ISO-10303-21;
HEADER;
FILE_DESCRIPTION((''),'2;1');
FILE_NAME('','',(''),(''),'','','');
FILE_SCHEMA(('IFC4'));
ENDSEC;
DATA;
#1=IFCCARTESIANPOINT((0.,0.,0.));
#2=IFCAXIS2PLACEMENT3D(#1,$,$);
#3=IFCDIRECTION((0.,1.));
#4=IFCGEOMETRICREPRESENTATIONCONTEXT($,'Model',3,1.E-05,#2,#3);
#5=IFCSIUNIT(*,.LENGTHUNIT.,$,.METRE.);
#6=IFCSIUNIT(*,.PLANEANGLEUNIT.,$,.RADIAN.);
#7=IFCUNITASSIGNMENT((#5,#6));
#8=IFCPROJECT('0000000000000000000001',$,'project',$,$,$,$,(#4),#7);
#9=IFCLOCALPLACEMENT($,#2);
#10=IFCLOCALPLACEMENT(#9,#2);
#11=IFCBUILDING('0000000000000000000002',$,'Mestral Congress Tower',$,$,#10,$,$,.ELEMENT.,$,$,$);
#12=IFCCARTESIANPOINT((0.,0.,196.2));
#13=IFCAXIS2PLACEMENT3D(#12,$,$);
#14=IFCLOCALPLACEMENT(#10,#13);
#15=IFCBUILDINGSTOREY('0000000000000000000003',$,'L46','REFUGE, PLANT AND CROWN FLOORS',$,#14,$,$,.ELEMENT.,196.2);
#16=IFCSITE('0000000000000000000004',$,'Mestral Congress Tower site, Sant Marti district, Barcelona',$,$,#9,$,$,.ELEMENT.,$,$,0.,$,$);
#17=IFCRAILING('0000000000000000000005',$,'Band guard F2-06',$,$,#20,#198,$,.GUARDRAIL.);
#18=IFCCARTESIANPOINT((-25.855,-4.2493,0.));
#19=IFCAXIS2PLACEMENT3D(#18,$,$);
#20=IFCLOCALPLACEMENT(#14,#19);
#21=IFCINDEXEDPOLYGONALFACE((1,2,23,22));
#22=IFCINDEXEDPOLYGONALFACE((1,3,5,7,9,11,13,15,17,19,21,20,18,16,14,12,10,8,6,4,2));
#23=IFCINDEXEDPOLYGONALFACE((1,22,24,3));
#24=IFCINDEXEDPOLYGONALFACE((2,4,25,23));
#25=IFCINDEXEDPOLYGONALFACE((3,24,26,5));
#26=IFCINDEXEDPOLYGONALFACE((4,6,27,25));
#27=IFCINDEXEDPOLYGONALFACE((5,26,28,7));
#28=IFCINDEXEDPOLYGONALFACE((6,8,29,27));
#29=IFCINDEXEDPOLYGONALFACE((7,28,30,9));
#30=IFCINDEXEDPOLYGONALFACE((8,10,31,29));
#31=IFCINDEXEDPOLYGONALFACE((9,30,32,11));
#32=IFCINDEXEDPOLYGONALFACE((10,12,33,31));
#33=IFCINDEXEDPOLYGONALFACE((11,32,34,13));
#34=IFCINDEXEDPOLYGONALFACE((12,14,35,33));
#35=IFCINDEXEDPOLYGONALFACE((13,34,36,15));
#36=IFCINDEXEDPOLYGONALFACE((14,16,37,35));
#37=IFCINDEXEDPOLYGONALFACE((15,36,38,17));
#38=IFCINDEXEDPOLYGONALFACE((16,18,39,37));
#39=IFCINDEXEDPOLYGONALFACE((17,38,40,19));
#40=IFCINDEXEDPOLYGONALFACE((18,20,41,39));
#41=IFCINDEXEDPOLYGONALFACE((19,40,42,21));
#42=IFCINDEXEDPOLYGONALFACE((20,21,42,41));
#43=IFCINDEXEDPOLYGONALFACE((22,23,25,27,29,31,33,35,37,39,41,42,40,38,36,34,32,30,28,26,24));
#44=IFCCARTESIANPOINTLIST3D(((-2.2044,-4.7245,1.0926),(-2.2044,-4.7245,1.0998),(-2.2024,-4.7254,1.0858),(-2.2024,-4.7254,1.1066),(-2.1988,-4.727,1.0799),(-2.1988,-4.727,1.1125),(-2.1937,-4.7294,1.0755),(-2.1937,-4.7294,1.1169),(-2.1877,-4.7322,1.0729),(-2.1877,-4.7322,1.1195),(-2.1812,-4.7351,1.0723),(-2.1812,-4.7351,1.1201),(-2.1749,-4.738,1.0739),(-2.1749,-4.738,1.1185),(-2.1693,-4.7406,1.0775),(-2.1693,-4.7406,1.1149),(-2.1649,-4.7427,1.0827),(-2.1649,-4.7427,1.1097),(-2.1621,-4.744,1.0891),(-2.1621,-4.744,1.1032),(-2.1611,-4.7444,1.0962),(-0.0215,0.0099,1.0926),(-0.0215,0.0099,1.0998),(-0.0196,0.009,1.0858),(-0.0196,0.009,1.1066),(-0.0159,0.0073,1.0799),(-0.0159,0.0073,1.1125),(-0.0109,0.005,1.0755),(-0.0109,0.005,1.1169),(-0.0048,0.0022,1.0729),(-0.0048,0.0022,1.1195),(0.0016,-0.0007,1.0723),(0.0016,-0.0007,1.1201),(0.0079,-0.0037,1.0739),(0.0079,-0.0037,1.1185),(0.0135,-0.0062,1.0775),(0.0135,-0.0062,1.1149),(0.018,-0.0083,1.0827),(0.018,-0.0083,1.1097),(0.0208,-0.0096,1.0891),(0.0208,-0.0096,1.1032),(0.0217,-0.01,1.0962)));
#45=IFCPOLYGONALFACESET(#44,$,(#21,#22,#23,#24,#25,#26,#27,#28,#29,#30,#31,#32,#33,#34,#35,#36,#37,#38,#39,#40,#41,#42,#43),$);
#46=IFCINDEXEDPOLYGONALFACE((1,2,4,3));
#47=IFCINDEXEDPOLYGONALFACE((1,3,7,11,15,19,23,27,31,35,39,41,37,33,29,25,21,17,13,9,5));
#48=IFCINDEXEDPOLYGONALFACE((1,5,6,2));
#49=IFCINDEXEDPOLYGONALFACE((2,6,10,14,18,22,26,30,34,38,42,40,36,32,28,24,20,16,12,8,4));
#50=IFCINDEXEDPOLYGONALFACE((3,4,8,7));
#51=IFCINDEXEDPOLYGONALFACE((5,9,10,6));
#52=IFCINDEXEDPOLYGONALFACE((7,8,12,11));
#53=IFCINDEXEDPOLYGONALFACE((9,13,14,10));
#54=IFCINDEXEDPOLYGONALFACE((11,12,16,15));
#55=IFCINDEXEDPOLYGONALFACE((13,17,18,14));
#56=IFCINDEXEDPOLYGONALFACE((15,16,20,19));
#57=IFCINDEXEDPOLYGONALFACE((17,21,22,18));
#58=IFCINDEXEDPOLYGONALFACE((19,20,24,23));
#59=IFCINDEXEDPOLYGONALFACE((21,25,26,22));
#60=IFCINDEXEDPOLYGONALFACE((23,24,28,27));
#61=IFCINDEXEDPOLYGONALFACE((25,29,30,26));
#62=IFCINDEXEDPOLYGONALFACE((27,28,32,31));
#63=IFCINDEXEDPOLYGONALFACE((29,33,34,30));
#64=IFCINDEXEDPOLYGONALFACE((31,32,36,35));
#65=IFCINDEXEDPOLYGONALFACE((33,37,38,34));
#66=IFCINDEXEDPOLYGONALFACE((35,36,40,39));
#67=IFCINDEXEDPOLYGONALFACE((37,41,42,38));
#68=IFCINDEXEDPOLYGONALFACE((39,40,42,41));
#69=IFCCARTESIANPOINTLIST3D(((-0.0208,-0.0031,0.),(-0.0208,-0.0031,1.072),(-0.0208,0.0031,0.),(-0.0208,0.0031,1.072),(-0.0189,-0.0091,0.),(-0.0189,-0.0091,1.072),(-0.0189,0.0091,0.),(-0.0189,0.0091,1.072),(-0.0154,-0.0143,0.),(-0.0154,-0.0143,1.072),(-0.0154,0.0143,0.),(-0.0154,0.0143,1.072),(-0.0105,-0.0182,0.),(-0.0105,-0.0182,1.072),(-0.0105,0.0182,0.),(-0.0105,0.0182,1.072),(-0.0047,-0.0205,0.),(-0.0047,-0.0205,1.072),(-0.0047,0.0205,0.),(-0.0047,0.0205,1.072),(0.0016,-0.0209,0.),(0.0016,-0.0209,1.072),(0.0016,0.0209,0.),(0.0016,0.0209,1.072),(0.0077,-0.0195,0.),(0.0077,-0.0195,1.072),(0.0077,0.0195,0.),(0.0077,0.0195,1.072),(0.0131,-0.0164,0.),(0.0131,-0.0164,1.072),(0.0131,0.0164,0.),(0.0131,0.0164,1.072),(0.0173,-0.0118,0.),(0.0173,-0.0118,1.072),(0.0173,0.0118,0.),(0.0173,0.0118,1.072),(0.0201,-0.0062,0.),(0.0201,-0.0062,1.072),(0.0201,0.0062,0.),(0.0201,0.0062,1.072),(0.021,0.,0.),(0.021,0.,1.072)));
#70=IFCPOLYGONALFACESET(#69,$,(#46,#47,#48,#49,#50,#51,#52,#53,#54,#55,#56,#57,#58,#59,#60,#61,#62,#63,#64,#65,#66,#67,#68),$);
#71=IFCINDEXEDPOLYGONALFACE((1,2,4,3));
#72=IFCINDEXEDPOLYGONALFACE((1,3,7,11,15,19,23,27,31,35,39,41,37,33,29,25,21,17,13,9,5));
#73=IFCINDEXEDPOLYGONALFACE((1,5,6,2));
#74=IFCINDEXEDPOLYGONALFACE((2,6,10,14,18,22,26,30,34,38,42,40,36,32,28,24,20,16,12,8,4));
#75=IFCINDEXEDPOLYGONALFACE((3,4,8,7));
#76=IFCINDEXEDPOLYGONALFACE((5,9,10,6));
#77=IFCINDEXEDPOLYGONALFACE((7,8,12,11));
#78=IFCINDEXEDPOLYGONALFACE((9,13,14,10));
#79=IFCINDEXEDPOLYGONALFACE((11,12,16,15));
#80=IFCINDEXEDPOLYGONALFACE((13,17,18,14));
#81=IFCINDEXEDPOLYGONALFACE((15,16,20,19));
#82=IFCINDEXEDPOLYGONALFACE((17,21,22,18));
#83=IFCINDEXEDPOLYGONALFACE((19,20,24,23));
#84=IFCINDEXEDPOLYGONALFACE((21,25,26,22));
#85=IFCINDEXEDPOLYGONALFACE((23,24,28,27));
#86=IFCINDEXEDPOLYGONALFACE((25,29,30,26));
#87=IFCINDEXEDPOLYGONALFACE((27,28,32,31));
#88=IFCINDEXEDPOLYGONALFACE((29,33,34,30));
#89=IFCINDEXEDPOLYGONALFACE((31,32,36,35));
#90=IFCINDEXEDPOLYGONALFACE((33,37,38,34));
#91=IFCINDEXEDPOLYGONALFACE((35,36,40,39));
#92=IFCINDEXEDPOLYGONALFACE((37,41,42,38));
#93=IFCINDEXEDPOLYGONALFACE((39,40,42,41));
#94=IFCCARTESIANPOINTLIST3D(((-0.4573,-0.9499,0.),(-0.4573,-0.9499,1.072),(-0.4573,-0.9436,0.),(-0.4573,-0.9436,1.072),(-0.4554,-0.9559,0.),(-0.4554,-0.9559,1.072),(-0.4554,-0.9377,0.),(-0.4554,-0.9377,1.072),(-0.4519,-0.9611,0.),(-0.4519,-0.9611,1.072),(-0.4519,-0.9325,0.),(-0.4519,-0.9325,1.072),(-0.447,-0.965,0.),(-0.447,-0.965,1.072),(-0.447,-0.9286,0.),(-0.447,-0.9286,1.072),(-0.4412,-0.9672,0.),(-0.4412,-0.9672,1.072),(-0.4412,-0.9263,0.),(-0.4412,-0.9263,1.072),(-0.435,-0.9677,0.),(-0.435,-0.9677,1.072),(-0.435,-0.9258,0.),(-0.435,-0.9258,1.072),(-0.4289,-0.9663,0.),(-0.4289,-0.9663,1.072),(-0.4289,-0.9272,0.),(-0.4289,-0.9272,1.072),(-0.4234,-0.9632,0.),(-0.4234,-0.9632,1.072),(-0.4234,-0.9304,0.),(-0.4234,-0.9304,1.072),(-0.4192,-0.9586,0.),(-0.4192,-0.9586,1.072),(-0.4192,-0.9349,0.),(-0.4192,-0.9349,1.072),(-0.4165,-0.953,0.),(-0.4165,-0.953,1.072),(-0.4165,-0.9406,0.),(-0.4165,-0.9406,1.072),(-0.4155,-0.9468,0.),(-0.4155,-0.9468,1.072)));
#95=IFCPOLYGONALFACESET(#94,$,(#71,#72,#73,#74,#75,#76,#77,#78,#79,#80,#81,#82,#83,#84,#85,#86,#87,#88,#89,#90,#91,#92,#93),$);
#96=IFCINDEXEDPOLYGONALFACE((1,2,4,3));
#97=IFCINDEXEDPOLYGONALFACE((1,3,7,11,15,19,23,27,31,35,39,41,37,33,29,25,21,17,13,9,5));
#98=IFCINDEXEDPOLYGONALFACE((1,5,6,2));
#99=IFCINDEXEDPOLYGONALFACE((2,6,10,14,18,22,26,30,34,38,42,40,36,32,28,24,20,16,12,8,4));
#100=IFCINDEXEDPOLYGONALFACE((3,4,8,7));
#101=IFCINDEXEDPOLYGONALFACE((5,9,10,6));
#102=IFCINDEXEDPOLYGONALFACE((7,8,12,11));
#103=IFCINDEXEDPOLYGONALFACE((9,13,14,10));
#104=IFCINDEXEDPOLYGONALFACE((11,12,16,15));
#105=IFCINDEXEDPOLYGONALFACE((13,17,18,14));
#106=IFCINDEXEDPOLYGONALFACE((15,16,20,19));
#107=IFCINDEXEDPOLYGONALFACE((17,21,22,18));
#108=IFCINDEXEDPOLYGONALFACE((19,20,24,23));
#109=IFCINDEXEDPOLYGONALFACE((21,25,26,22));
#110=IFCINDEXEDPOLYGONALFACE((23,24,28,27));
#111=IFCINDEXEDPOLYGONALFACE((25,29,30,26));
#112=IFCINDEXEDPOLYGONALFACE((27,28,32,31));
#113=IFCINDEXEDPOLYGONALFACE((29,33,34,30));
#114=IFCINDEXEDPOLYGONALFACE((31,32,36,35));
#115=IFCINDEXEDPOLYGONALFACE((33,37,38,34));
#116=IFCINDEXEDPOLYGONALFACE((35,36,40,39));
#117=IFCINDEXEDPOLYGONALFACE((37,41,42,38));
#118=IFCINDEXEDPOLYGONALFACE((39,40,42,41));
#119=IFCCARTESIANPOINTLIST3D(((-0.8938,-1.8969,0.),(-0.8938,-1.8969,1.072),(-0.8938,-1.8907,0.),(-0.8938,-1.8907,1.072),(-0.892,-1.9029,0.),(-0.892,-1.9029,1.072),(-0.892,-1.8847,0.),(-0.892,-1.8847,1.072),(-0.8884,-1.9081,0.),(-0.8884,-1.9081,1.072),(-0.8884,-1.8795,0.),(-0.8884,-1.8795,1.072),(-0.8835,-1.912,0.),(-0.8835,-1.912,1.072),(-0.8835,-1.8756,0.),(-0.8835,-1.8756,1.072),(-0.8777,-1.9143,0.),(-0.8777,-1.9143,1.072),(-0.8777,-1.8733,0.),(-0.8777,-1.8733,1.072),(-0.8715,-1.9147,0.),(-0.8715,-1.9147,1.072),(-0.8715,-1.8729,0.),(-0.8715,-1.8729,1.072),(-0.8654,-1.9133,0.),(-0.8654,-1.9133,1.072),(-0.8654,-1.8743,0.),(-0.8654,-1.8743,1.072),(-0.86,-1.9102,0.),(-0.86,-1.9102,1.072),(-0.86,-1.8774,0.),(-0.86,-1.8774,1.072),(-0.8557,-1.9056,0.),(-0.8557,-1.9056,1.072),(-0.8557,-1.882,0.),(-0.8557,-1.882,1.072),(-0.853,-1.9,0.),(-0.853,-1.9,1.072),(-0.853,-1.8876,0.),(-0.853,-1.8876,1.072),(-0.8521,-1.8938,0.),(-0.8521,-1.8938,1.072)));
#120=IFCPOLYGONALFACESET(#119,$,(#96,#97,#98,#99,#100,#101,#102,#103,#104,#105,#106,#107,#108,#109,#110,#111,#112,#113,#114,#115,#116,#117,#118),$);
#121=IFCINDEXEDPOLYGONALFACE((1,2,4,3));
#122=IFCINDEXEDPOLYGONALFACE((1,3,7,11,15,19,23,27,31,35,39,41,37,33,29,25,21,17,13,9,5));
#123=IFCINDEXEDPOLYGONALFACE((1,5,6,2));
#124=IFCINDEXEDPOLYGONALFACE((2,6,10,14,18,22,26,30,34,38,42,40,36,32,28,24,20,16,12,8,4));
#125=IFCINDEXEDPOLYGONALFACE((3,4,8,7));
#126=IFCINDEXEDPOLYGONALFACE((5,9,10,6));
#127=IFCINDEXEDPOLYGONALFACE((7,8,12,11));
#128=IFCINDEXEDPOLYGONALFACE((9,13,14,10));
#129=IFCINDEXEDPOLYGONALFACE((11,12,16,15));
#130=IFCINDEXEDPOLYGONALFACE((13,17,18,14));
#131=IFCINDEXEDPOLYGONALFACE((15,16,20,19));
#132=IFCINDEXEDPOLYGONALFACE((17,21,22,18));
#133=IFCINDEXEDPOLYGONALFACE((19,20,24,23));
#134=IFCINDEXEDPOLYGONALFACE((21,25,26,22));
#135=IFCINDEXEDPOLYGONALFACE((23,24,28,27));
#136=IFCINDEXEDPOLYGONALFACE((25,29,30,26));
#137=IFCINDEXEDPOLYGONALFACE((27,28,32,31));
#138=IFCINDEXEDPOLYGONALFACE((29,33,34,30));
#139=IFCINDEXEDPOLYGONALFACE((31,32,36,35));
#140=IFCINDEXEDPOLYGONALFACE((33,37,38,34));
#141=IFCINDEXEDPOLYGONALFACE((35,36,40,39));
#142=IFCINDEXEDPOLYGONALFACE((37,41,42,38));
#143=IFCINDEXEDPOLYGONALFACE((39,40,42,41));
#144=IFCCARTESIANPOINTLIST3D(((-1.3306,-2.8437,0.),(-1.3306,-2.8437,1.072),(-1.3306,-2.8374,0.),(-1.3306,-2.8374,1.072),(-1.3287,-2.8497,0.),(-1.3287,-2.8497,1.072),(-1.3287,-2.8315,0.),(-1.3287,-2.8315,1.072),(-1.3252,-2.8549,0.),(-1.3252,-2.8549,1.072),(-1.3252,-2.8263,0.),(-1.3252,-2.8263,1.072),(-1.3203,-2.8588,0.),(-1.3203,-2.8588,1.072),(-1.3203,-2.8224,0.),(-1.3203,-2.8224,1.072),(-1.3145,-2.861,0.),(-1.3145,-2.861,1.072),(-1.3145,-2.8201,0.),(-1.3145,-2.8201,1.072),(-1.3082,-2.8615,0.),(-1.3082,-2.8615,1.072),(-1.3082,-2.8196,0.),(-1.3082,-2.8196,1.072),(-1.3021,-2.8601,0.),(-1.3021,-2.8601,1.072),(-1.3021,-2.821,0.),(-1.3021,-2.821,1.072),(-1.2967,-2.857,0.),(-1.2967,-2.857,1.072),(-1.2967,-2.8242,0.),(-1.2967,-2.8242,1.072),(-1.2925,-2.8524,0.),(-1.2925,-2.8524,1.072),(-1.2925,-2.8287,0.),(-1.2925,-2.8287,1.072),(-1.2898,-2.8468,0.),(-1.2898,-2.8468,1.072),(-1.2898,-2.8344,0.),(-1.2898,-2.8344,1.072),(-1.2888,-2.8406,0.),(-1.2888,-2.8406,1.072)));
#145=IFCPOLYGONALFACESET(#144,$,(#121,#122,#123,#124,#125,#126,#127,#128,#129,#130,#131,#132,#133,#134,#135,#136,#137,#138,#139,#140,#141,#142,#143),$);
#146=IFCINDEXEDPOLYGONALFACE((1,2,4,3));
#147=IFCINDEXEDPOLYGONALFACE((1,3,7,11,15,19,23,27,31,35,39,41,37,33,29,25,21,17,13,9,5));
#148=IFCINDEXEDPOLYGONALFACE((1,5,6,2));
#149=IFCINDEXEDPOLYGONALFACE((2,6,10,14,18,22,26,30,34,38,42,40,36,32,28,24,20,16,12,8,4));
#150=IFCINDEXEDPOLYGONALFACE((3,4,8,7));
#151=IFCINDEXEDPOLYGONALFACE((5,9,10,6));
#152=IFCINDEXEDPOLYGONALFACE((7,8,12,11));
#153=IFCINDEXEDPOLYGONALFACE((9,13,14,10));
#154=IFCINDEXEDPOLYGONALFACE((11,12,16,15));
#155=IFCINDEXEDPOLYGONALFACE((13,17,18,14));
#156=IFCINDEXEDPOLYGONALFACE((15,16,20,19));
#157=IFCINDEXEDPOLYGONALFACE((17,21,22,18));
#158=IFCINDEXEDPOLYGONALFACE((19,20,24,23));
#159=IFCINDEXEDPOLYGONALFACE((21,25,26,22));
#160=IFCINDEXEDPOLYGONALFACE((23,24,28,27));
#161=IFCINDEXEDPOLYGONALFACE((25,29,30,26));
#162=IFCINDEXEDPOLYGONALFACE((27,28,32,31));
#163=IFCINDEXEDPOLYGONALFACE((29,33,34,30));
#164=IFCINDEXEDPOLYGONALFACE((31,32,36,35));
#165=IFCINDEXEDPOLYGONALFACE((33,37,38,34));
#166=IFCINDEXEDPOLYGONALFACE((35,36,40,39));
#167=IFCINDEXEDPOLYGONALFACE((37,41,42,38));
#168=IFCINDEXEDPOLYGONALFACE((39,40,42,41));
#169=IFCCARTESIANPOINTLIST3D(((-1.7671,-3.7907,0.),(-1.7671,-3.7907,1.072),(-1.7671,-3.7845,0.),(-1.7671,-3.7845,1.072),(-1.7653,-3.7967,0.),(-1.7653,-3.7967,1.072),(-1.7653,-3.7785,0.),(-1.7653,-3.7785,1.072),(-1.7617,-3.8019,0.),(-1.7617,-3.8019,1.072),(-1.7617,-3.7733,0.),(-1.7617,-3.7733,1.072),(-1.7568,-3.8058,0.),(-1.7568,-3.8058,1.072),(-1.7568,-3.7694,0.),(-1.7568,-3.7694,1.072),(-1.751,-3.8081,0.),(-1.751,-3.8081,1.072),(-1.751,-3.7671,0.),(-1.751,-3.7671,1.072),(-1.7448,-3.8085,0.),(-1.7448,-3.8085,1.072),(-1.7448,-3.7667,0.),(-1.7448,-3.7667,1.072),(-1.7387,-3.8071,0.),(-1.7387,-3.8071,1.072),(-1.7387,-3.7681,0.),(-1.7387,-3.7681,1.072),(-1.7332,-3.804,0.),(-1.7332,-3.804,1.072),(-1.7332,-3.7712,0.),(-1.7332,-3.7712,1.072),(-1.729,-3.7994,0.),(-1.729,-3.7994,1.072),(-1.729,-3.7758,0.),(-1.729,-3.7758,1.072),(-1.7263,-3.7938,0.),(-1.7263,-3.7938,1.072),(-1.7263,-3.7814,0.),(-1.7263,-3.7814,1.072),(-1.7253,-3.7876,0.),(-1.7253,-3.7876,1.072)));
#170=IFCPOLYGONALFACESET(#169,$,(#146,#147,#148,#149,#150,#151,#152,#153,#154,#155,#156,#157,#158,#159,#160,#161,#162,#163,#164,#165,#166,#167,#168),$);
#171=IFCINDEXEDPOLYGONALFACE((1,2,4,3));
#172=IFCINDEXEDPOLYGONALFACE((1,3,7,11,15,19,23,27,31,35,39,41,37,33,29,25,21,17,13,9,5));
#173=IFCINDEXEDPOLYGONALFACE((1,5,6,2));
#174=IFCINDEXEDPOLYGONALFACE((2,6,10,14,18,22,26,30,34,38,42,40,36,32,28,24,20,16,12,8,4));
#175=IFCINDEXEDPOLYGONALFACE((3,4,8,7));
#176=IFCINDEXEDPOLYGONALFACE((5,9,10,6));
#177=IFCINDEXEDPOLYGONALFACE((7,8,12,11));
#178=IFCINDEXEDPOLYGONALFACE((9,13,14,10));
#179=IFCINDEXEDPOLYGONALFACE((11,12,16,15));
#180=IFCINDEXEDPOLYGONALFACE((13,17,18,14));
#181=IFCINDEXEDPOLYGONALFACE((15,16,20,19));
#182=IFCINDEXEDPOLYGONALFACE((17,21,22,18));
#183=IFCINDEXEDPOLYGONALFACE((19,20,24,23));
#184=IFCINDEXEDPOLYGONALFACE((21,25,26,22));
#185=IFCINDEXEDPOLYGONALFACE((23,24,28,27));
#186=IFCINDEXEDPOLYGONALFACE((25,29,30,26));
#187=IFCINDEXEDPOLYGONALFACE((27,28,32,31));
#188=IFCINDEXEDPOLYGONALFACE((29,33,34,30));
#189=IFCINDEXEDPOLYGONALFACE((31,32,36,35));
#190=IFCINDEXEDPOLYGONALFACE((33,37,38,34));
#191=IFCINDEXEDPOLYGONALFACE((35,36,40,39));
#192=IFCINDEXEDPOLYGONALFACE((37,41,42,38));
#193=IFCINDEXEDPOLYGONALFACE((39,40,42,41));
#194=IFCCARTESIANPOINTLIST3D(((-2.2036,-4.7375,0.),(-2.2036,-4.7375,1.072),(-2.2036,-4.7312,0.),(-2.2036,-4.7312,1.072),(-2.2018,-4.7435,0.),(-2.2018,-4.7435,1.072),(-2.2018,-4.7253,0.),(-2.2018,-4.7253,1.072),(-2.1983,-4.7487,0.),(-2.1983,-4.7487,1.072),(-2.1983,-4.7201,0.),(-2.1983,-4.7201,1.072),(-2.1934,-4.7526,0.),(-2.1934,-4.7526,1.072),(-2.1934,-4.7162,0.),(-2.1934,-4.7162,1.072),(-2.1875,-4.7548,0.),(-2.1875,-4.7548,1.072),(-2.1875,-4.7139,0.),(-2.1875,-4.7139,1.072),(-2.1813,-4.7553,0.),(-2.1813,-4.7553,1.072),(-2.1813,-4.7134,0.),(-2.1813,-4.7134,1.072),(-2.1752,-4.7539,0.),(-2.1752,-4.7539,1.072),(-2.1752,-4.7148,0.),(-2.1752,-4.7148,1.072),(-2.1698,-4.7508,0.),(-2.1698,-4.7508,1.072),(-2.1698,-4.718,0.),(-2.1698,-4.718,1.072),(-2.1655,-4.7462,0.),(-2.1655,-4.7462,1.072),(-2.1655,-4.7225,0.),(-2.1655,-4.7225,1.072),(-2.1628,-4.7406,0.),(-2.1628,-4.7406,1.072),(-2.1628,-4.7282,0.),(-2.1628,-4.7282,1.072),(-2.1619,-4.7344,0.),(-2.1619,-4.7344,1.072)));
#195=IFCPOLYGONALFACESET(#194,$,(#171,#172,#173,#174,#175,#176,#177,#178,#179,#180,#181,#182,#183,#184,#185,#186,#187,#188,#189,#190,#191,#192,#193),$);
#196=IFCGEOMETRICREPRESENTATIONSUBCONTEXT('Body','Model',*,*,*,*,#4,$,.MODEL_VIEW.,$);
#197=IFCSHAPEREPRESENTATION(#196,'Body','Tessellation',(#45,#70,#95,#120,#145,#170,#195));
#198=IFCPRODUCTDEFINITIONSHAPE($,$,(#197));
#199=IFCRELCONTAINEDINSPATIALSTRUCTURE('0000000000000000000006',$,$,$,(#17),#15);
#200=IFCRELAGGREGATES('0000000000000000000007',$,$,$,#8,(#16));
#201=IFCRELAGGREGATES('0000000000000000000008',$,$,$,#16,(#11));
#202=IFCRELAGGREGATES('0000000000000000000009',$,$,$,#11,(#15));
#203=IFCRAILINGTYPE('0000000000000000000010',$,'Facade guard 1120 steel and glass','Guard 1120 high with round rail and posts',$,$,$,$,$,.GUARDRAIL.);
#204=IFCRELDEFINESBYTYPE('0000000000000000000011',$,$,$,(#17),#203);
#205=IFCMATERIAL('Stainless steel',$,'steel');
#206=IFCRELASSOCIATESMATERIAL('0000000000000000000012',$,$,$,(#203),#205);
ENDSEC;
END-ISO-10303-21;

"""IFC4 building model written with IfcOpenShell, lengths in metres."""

from ifc_helpers import new_model, si_unit, direction, frame, origin, origin_2d, place, context, subcontext, project, spatial, circle, extrude, material, type_object, element, save


model = new_model("IFC4")

# Units and contexts
model_context = context("Model", 3, precision=1e-05, world=origin(), true_north=direction((0.0, 1.0)))
body_context = subcontext(model_context, "Body", "Model", "MODEL_VIEW")
ifc_project = project(units=[si_unit("LENGTHUNIT", "METRE"), si_unit("PLANEANGLEUNIT", "RADIAN")], contexts=[model_context])

# Site, building, storey
site_placement = place(None, origin())
site = spatial("IfcSite", under=ifc_project, at=site_placement, Name="Mestral Congress Tower site, Sant Marti district, Barcelona", CompositionType="ELEMENT", RefElevation=0.0)
building_placement = place(site_placement, origin())
building = spatial("IfcBuilding", under=site, at=building_placement, Name="Mestral Congress Tower", CompositionType="ELEMENT")
storey_placement = place(building_placement, frame((0.0, 0.0, 196.2)))
storey = spatial("IfcBuildingStorey", under=building, at=storey_placement, Name="L46", Description="REFUGE, PLANT AND CROWN FLOORS", CompositionType="ELEMENT", Elevation=196.2)

# Railing
ifc_material_1 = material(Name="Stainless steel", Category="steel")
railing_type = type_object("IfcRailingType", Name="Facade guard 1120 steel and glass", Description="Guard 1120 high with round rail and posts", PredefinedType="GUARDRAIL", material=ifc_material_1)
railing_placement = place(storey_placement, frame((-25.855, -4.2493, 0.0)))
element("IfcRailing", 1, at=railing_placement, inside=storey, type_object=railing_type, Name="Band guard F2-06", PredefinedType="GUARDRAIL", context=body_context, shape_type="SweptSolid", body=[
    extrude(circle(Radius=0.0239, at=origin_2d()), frame((0.0, 0.0, 1.0962), z_axis=(-0.418705, -0.908122, 0.0), x_axis=(0.908122, -0.418705, 0.0)), (0.0, 0.0, 1.0), 5.2134),
    extrude(circle(Radius=0.021, at=origin_2d()), origin(), (0.0, 0.0, 1.0), 1.072),
    extrude(circle(Radius=0.021, at=origin_2d()), frame((-0.4365, -0.9468, 0.0)), (0.0, 0.0, 1.0), 1.072),
    extrude(circle(Radius=0.021, at=origin_2d()), frame((-0.873, -1.8938, 0.0)), (0.0, 0.0, 1.0), 1.072),
    extrude(circle(Radius=0.021, at=origin_2d()), frame((-1.3098, -2.8406, 0.0)), (0.0, 0.0, 1.0), 1.072),
    extrude(circle(Radius=0.021, at=origin_2d()), frame((-1.7463, -3.7876, 0.0)), (0.0, 0.0, 1.0), 1.072),
    extrude(circle(Radius=0.021, at=origin_2d()), frame((-2.1829, -4.7344, 0.0)), (0.0, 0.0, 1.0), 1.072),
])

save(model, "model.ifc")
